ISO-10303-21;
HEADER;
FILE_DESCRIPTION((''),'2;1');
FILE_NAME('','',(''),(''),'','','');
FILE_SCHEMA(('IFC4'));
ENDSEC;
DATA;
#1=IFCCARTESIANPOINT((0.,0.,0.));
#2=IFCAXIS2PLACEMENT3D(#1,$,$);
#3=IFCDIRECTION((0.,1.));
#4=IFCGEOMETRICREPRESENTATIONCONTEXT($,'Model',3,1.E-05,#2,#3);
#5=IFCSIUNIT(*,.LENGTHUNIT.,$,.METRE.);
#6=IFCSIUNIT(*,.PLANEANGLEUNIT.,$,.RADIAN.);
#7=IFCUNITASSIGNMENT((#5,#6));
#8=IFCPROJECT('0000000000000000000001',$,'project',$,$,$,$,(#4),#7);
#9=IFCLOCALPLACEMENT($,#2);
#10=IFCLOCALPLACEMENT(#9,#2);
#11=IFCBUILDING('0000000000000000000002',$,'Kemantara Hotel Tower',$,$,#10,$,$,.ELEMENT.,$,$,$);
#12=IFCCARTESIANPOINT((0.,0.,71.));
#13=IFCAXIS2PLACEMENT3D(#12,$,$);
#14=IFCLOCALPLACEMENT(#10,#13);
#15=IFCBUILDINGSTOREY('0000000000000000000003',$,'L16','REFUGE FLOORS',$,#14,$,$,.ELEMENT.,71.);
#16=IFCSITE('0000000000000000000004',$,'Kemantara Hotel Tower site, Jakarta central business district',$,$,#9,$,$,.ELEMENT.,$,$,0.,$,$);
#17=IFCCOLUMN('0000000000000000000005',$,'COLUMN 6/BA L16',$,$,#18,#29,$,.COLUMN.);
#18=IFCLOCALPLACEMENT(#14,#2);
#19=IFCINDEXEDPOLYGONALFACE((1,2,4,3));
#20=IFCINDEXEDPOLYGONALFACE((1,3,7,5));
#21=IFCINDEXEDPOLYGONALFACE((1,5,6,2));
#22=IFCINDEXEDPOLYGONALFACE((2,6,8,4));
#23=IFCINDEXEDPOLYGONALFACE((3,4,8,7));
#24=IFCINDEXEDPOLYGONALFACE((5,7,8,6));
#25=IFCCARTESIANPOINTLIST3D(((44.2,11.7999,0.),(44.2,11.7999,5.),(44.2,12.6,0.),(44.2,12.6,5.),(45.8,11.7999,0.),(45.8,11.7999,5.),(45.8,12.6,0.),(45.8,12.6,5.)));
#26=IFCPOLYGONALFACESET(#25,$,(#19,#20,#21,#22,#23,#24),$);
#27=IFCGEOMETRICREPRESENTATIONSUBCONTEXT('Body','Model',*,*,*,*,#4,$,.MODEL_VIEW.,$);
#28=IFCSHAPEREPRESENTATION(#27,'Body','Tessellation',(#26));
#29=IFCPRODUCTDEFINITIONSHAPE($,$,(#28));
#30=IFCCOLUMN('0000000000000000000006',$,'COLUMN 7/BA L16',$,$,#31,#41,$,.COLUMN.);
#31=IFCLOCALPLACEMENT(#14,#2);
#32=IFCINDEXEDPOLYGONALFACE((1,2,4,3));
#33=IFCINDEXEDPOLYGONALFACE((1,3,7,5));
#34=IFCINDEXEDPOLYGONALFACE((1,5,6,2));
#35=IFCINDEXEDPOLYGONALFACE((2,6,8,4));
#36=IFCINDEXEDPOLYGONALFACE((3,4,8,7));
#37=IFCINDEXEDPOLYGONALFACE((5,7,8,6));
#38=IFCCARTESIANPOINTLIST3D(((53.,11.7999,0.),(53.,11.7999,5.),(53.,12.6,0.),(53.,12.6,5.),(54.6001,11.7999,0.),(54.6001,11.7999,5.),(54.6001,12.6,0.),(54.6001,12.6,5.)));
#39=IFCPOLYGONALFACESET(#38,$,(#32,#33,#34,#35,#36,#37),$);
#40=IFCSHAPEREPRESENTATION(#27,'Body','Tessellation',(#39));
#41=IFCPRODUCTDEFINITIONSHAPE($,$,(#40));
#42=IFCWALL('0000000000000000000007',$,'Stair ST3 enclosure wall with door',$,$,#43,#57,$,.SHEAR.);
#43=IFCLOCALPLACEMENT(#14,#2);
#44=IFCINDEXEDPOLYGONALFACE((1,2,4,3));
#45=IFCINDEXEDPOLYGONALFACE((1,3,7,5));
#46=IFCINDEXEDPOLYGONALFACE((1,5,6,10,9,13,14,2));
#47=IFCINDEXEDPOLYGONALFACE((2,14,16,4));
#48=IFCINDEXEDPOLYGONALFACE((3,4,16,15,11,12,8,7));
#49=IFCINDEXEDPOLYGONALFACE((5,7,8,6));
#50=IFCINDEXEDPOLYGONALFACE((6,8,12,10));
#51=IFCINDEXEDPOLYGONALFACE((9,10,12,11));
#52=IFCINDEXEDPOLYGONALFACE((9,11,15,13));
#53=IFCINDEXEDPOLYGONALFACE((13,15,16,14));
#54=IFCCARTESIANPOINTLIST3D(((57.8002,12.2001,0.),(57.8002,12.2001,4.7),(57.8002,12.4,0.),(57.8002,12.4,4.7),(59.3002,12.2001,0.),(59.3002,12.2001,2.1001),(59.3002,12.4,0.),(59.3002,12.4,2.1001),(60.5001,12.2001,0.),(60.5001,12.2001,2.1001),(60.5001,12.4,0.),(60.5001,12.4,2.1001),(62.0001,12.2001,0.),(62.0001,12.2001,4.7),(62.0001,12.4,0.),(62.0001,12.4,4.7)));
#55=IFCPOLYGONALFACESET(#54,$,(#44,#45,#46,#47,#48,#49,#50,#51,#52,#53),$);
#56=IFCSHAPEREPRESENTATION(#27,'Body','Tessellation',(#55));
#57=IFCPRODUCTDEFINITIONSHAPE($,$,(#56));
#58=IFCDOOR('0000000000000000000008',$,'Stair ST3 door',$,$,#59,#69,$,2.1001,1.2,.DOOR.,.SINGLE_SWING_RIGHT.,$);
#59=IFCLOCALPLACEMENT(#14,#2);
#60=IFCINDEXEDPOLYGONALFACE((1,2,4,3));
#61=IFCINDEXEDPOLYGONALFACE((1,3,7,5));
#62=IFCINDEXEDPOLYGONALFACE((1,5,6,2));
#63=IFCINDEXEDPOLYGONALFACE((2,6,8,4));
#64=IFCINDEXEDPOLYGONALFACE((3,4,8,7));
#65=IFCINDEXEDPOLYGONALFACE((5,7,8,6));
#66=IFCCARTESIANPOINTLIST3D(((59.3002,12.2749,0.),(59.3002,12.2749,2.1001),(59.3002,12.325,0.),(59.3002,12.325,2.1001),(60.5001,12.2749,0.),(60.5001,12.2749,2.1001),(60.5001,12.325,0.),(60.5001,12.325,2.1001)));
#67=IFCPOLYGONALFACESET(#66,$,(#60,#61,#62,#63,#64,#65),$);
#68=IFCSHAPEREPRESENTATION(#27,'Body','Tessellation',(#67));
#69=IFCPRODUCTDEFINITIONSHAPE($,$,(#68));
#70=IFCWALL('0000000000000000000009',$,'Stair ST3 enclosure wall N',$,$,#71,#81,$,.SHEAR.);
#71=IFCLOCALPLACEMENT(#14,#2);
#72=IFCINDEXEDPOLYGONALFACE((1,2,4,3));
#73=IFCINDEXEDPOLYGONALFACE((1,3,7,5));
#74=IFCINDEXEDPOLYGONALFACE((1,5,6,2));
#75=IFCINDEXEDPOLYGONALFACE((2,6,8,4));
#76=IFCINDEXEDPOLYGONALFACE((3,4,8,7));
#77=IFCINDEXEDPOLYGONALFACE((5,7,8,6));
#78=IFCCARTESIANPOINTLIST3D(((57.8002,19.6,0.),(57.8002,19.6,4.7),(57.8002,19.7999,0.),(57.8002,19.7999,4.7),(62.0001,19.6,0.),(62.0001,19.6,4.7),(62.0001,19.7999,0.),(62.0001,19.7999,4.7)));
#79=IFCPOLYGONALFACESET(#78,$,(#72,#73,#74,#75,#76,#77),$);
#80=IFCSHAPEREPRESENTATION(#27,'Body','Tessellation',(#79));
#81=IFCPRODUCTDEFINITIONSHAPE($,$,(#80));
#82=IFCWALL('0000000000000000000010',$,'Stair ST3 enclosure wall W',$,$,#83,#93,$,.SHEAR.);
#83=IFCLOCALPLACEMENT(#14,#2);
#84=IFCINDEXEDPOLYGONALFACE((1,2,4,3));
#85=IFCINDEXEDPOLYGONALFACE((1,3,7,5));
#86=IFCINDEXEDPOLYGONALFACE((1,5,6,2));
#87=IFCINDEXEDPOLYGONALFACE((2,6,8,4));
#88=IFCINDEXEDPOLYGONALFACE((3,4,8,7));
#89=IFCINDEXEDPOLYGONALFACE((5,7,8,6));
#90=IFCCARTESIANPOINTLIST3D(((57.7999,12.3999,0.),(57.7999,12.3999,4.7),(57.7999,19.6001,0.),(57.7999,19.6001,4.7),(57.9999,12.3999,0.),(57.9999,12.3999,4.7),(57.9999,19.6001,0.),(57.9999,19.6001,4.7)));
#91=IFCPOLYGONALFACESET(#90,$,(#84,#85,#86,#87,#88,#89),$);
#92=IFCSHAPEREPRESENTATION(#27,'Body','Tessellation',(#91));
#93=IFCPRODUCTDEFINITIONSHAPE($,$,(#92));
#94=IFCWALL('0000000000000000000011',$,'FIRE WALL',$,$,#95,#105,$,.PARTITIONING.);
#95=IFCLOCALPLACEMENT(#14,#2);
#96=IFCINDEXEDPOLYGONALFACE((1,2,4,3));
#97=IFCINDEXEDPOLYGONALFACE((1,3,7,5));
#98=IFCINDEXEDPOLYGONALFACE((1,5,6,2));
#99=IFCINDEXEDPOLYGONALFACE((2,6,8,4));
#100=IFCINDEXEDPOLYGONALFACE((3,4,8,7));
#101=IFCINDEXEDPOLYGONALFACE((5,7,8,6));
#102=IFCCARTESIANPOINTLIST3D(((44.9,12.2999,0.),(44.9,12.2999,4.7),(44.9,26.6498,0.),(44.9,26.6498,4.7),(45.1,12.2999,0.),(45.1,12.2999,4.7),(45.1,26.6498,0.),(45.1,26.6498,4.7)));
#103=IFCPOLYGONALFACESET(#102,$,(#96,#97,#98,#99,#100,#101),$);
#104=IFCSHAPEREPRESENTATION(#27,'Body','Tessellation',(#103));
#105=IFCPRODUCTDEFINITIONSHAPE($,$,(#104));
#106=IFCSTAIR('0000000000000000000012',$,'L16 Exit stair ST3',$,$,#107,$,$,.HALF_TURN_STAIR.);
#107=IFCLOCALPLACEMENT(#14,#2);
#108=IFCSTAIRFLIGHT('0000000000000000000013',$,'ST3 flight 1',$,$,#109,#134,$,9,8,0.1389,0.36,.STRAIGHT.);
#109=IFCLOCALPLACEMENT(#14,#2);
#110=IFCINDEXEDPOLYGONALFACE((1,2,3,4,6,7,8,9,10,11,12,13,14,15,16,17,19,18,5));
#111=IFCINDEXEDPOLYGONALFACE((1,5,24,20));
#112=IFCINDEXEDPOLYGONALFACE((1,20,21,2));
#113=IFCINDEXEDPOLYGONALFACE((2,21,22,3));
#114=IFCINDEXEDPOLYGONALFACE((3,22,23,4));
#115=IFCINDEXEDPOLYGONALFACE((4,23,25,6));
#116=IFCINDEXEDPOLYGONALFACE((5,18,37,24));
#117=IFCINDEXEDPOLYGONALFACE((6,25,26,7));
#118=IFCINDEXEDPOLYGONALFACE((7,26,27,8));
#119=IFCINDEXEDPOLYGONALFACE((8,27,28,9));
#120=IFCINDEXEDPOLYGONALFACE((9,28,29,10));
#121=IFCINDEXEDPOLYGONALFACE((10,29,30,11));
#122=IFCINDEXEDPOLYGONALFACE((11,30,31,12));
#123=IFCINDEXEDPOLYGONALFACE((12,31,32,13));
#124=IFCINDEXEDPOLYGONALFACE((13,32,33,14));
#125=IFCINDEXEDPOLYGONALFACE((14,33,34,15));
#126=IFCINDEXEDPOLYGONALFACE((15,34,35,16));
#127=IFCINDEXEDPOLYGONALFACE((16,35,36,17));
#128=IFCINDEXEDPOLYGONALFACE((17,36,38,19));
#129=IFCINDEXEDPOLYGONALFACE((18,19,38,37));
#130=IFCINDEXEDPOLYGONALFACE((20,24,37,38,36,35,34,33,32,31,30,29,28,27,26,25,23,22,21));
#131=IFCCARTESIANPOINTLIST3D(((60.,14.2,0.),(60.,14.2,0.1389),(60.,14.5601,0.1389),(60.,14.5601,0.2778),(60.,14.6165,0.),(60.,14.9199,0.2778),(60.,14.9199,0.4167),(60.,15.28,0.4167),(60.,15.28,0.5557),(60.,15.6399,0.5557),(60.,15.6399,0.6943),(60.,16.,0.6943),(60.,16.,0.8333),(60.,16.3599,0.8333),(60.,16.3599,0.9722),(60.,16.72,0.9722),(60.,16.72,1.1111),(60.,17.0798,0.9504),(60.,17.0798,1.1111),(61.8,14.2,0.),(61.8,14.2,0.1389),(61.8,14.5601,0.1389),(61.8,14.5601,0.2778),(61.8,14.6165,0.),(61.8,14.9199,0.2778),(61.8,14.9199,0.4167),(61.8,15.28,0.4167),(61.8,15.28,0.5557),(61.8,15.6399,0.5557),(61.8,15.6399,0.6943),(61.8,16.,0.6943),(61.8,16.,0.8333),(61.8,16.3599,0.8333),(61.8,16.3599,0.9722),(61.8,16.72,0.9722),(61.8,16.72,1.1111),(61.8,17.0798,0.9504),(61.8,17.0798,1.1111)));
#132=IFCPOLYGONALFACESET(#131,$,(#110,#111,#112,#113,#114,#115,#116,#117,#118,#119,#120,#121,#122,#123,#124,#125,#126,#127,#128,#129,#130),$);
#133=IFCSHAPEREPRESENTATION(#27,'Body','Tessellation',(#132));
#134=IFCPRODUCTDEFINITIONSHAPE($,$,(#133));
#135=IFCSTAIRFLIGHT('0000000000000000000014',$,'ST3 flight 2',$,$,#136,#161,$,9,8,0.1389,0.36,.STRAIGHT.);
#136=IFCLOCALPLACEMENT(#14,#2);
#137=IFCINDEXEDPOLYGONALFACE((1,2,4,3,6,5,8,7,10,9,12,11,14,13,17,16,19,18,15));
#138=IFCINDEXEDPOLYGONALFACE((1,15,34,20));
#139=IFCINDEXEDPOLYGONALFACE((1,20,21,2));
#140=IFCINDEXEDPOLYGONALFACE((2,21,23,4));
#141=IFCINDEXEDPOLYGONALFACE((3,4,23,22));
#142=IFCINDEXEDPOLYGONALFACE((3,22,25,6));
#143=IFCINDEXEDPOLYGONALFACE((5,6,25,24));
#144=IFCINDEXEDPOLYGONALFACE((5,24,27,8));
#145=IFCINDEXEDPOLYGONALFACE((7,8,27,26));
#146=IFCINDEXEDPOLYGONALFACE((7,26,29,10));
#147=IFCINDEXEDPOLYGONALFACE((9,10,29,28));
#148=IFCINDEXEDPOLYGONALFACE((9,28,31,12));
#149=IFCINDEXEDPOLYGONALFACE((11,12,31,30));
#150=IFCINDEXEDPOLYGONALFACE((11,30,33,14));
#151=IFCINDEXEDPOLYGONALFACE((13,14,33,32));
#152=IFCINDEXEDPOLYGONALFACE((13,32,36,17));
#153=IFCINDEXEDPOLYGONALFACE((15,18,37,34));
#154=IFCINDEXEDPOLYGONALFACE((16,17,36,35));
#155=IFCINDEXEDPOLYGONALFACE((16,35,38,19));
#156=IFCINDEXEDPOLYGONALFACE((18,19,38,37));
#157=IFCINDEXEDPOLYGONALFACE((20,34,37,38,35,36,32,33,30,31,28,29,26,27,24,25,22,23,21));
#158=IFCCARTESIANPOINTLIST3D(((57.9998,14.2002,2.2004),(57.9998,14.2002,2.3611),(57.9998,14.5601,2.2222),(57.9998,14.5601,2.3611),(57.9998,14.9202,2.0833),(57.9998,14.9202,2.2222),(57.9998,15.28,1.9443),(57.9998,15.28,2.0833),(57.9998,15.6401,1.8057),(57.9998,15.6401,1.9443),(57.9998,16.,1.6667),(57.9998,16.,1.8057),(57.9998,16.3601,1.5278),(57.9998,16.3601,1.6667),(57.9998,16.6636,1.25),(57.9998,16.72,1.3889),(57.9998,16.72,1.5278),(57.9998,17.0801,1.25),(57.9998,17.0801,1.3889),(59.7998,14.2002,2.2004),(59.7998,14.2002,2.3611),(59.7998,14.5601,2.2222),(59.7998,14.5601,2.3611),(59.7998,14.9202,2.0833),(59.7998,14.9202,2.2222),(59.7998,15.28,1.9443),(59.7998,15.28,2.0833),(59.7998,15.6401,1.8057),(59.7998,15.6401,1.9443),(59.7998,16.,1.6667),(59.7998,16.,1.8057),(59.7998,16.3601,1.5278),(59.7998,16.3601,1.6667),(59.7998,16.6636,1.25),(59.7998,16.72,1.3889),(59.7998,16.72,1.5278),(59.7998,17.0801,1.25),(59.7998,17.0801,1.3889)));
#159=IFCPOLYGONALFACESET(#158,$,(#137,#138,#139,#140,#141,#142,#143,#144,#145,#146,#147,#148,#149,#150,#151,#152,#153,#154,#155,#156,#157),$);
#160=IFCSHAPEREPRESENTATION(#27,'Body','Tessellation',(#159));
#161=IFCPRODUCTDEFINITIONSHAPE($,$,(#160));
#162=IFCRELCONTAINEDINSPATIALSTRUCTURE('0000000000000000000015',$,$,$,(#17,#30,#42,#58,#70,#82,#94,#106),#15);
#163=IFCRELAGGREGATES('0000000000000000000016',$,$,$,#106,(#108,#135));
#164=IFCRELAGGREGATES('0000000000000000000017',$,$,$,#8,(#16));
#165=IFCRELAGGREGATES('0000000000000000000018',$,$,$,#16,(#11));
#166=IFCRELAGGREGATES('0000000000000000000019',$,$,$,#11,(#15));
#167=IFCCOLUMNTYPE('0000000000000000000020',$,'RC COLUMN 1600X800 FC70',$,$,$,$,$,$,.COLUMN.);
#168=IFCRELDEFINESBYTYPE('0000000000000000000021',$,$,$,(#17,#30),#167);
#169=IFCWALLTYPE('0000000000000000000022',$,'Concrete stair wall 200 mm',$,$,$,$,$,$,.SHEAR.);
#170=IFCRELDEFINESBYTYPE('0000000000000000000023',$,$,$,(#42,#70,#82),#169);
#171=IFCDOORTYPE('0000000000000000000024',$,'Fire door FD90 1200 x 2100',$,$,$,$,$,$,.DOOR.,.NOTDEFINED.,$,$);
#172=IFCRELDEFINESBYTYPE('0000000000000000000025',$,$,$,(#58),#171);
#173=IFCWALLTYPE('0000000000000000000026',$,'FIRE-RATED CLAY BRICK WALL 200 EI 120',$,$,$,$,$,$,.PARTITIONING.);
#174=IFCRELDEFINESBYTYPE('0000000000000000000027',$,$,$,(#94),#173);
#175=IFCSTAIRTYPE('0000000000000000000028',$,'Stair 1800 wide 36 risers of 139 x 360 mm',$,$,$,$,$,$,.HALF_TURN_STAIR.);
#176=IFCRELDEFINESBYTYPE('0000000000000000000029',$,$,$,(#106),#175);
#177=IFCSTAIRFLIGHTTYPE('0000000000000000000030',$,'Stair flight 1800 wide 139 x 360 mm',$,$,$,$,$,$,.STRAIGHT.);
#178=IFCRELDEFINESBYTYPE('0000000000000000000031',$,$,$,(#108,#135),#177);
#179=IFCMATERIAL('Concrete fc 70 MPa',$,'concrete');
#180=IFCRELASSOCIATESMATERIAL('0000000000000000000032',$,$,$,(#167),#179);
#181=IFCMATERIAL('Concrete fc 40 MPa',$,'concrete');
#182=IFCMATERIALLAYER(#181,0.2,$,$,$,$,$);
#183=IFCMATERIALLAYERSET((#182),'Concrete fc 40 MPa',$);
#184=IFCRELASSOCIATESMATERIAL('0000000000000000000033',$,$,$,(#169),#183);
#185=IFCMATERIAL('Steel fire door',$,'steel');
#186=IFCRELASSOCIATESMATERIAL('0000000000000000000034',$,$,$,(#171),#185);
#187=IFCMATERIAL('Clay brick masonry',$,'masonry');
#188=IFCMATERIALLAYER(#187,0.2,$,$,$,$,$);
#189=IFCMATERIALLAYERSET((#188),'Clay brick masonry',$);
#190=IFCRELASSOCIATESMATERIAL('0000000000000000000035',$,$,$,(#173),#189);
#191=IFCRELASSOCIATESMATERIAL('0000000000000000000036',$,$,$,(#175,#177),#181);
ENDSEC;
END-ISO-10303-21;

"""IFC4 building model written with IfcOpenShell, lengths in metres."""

from ifc_helpers import new_model, si_unit, direction, frame, frame_2d, origin, origin_2d, place, context, subcontext, project, spatial, polyline, rectangle, outline, extrude, material, layer, layer_set, material_profile, profile_set, type_object, element, fill, aggregate, save


model = new_model("IFC4")

# Units and contexts
model_context = context("Model", 3, precision=1e-05, world=origin(), true_north=direction((0.0, 1.0)))
body_context = subcontext(model_context, "Body", "Model", "MODEL_VIEW")
ifc_project = project(units=[si_unit("LENGTHUNIT", "METRE"), si_unit("PLANEANGLEUNIT", "RADIAN")], contexts=[model_context])

# Site, building, storey
site_placement = place(None, origin())
site = spatial("IfcSite", under=ifc_project, at=site_placement, Name="Kemantara Hotel Tower site, Jakarta central business district", CompositionType="ELEMENT", RefElevation=0.0)
building_placement = place(site_placement, origin())
building = spatial("IfcBuilding", under=site, at=building_placement, Name="Kemantara Hotel Tower", CompositionType="ELEMENT")
storey_placement = place(building_placement, frame((0.0, 0.0, 71.0)))
storey = spatial("IfcBuildingStorey", under=building, at=storey_placement, Name="L16", Description="REFUGE FLOORS", CompositionType="ELEMENT", Elevation=71.0)

# Columns
ifc_material_1 = material(Name="Concrete fc 70 MPa", Category="concrete")
ifc_material_profile = material_profile(ifc_material_1, rectangle(XDim=1.6001, YDim=0.8, at=origin_2d()), Name="RC 1600X800")
ifc_profile_set = profile_set([ifc_material_profile], Name="Concrete fc 70 MPa")
column_type = type_object("IfcColumnType", Name="RC COLUMN 1600X800 FC70", PredefinedType="COLUMN", material=ifc_profile_set)
for number, where, z_axis, x_axis, name in (
    (1, (45.0, 12.2, 0.0), (0.0, 0.0, 1.0), (1.0, 0.0, 0.0), "COLUMN 6/BA L16"),
    (2, (53.8, 12.2, 0.0), (0.0, 0.0, 1.0), (1.0, 0.0, 0.0), "COLUMN 7/BA L16"),
):
    element("IfcColumn", number, at=place(storey_placement, frame(where, z_axis=z_axis, x_axis=x_axis)), inside=storey, type_object=column_type, Name=name, PredefinedType="COLUMN", context=body_context, shape_type="SweptSolid", body=[
        extrude(rectangle(XDim=1.6001, YDim=0.8, at=origin_2d()), origin(), (0.0, 0.0, 1.0), 5.0),
    ])

# Wall, opening, door
ifc_material_2 = material(Name="Concrete fc 40 MPa", Category="concrete")
ifc_layer_1 = layer(ifc_material_2, 0.2)
ifc_layer_set_1 = layer_set([ifc_layer_1], Name="Concrete fc 40 MPa")
wall_type_1 = type_object("IfcWallType", Name="Concrete stair wall 200 mm", PredefinedType="SHEAR", material=ifc_layer_set_1)
wall_1_placement = place(storey_placement, frame((57.8, 12.3, 0.0), z_axis=(0.0, 0.0, 1.0), x_axis=(1.0, 0.0, 0.0)))
wall_1 = element("IfcWall", 3, at=wall_1_placement, inside=storey, type_object=wall_type_1, Name="Stair ST3 enclosure wall with door", PredefinedType="SHEAR", context=body_context, shape_type="SweptSolid", body=[
    extrude(rectangle(XDim=4.2, YDim=0.2, at=frame_2d((2.1001, 0.0))), origin(), (0.0, 0.0, 1.0), 4.7),
])
opening_placement = place(wall_1_placement, frame((1.5, 0.0, 0.0)))
opening = element("IfcOpeningElement", 4, at=opening_placement, cuts=wall_1, PredefinedType="OPENING", context=body_context, shape_type="SweptSolid", body=[
    extrude(rectangle(XDim=1.2, YDim=2.1001, at=frame_2d((0.6001, 1.05))), frame((0.0, 0.1099, 0.0), z_axis=(0.0, -1.0, 0.0), x_axis=(1.0, 0.0, 0.0)), (0.0, 0.0, 1.0), 0.22),
])
ifc_material_3 = material(Name="Steel fire door", Category="steel")
door_type = type_object("IfcDoorType", Name="Fire door FD90 1200 x 2100", OperationType="NOTDEFINED", PredefinedType="DOOR", material=ifc_material_3)
door_placement = place(opening_placement, origin())
door = element("IfcDoor", 5, at=door_placement, inside=storey, type_object=door_type, Name="Stair ST3 door", OperationType="SINGLE_SWING_RIGHT", OverallHeight=2.1001, OverallWidth=1.2, PredefinedType="DOOR", context=body_context, shape_type="SweptSolid", body=[
    extrude(rectangle(XDim=1.2, YDim=2.1001, at=frame_2d((0.6001, 1.05))), frame((0.0, 0.0249, 0.0), z_axis=(0.0, -1.0, 0.0), x_axis=(1.0, 0.0, 0.0)), (0.0, 0.0, 1.0), 0.05),
])
fill(opening, door)

# Walls
wall_2_placement = place(storey_placement, frame((57.8, 19.7, 0.0), z_axis=(0.0, 0.0, 1.0), x_axis=(1.0, 0.0, 0.0)))
element("IfcWall", 6, at=wall_2_placement, inside=storey, type_object=wall_type_1, Name="Stair ST3 enclosure wall N", PredefinedType="SHEAR", context=body_context, shape_type="SweptSolid", body=[
    extrude(rectangle(XDim=4.2, YDim=0.2, at=frame_2d((2.1001, 0.0))), origin(), (0.0, 0.0, 1.0), 4.7),
])
wall_3_placement = place(storey_placement, frame((57.8999, 12.3999, 0.0), z_axis=(0.0, 0.0, 1.0), x_axis=(0.0, 1.0, 0.0)))
element("IfcWall", 7, at=wall_3_placement, inside=storey, type_object=wall_type_1, Name="Stair ST3 enclosure wall W", PredefinedType="SHEAR", context=body_context, shape_type="SweptSolid", body=[
    extrude(rectangle(XDim=7.2002, YDim=0.2, at=frame_2d((3.6001, 0.0))), origin(), (0.0, 0.0, 1.0), 4.7),
])
ifc_material_4 = material(Name="Clay brick masonry", Category="masonry")
ifc_layer_2 = layer(ifc_material_4, 0.2)
ifc_layer_set_2 = layer_set([ifc_layer_2], Name="Clay brick masonry")
wall_type_2 = type_object("IfcWallType", Name="FIRE-RATED CLAY BRICK WALL 200 EI 120", PredefinedType="PARTITIONING", material=ifc_layer_set_2)
wall_4_placement = place(storey_placement, frame((45.0, 12.3, 0.0), z_axis=(0.0, 0.0, 1.0), x_axis=(0.0, 1.0, 0.0)))
element("IfcWall", 8, at=wall_4_placement, inside=storey, type_object=wall_type_2, Name="FIRE WALL", PredefinedType="PARTITIONING", context=body_context, shape_type="SweptSolid", body=[
    extrude(rectangle(XDim=14.3499, YDim=0.2, at=frame_2d((7.1748, 0.0))), origin(), (0.0, 0.0, 1.0), 4.7),
])

# Stair, stair flights
stair_type = type_object("IfcStairType", Name="Stair 1800 wide 36 risers of 139 x 360 mm", PredefinedType="HALF_TURN_STAIR", material=ifc_material_2)
stair_placement = place(storey_placement, origin())
stair = element("IfcStair", 9, at=stair_placement, inside=storey, type_object=stair_type, Name="L16 Exit stair ST3", PredefinedType="HALF_TURN_STAIR")
stair_flight_type = type_object("IfcStairFlightType", Name="Stair flight 1800 wide 139 x 360 mm", PredefinedType="STRAIGHT", material=ifc_material_2)
stair_flight_1_placement = place(storey_placement, frame((60.8999, 14.2, 0.0), z_axis=(0.0, 0.0, 1.0), x_axis=(0.0, 1.0, 0.0)))
stair_flight_1 = element("IfcStairFlight", 10, at=stair_flight_1_placement, type_object=stair_flight_type, Name="ST3 flight 1", NumberOfRisers=9, NumberOfTreads=8, PredefinedType="STRAIGHT", RiserHeight=0.1389, TreadLength=0.36, context=body_context, shape_type="SweptSolid", body=[
    extrude(outline(polyline([(0.0, 0.0), (0.0, 0.1389), (0.3601, 0.1389), (0.3601, 0.2778), (0.72, 0.2778), (0.72, 0.4167), (1.0801, 0.4167), (1.0801, 0.5557), (1.4399, 0.5557), (1.4399, 0.6943), (1.8, 0.6943), (1.8, 0.8333), (2.1599, 0.8333), (2.1599, 0.9722), (2.52, 0.9722), (2.52, 1.1111), (2.8799, 1.1111), (2.8799, 1.25), (2.8799, 0.9504), (0.4165, 0.0), (0.0, 0.0)])), frame((0.0, 0.8999, 0.0), z_axis=(0.0, -1.0, 0.0), x_axis=(1.0, 0.0, 0.0)), (0.0, 0.0, 1.0), 1.8),
])
stair_flight_2_placement = place(storey_placement, frame((58.8999, 17.0801, 1.25), z_axis=(0.0, 0.0, 1.0), x_axis=(0.0, -1.0, 0.0)))
stair_flight_2 = element("IfcStairFlight", 11, at=stair_flight_2_placement, type_object=stair_flight_type, Name="ST3 flight 2", NumberOfRisers=9, NumberOfTreads=8, PredefinedType="STRAIGHT", RiserHeight=0.1389, TreadLength=0.36, context=body_context, shape_type="SweptSolid", body=[
    extrude(outline(polyline([(0.0, 0.0), (0.0, 0.1389), (0.3601, 0.1389), (0.3601, 0.2778), (0.72, 0.2778), (0.72, 0.4167), (1.0801, 0.4167), (1.0801, 0.5557), (1.4399, 0.5557), (1.4399, 0.6943), (1.8, 0.6943), (1.8, 0.8333), (2.1599, 0.8333), (2.1599, 0.9722), (2.52, 0.9722), (2.52, 1.1111), (2.8799, 1.1111), (2.8799, 1.25), (2.8799, 0.9504), (0.4165, 0.0), (0.0, 0.0)])), frame((0.0, 0.8999, 0.0), z_axis=(0.0, -1.0, 0.0), x_axis=(1.0, 0.0, 0.0)), (0.0, 0.0, 1.0), 1.8),
])
aggregate(stair, [stair_flight_1, stair_flight_2])

save(model, "model.ifc")
